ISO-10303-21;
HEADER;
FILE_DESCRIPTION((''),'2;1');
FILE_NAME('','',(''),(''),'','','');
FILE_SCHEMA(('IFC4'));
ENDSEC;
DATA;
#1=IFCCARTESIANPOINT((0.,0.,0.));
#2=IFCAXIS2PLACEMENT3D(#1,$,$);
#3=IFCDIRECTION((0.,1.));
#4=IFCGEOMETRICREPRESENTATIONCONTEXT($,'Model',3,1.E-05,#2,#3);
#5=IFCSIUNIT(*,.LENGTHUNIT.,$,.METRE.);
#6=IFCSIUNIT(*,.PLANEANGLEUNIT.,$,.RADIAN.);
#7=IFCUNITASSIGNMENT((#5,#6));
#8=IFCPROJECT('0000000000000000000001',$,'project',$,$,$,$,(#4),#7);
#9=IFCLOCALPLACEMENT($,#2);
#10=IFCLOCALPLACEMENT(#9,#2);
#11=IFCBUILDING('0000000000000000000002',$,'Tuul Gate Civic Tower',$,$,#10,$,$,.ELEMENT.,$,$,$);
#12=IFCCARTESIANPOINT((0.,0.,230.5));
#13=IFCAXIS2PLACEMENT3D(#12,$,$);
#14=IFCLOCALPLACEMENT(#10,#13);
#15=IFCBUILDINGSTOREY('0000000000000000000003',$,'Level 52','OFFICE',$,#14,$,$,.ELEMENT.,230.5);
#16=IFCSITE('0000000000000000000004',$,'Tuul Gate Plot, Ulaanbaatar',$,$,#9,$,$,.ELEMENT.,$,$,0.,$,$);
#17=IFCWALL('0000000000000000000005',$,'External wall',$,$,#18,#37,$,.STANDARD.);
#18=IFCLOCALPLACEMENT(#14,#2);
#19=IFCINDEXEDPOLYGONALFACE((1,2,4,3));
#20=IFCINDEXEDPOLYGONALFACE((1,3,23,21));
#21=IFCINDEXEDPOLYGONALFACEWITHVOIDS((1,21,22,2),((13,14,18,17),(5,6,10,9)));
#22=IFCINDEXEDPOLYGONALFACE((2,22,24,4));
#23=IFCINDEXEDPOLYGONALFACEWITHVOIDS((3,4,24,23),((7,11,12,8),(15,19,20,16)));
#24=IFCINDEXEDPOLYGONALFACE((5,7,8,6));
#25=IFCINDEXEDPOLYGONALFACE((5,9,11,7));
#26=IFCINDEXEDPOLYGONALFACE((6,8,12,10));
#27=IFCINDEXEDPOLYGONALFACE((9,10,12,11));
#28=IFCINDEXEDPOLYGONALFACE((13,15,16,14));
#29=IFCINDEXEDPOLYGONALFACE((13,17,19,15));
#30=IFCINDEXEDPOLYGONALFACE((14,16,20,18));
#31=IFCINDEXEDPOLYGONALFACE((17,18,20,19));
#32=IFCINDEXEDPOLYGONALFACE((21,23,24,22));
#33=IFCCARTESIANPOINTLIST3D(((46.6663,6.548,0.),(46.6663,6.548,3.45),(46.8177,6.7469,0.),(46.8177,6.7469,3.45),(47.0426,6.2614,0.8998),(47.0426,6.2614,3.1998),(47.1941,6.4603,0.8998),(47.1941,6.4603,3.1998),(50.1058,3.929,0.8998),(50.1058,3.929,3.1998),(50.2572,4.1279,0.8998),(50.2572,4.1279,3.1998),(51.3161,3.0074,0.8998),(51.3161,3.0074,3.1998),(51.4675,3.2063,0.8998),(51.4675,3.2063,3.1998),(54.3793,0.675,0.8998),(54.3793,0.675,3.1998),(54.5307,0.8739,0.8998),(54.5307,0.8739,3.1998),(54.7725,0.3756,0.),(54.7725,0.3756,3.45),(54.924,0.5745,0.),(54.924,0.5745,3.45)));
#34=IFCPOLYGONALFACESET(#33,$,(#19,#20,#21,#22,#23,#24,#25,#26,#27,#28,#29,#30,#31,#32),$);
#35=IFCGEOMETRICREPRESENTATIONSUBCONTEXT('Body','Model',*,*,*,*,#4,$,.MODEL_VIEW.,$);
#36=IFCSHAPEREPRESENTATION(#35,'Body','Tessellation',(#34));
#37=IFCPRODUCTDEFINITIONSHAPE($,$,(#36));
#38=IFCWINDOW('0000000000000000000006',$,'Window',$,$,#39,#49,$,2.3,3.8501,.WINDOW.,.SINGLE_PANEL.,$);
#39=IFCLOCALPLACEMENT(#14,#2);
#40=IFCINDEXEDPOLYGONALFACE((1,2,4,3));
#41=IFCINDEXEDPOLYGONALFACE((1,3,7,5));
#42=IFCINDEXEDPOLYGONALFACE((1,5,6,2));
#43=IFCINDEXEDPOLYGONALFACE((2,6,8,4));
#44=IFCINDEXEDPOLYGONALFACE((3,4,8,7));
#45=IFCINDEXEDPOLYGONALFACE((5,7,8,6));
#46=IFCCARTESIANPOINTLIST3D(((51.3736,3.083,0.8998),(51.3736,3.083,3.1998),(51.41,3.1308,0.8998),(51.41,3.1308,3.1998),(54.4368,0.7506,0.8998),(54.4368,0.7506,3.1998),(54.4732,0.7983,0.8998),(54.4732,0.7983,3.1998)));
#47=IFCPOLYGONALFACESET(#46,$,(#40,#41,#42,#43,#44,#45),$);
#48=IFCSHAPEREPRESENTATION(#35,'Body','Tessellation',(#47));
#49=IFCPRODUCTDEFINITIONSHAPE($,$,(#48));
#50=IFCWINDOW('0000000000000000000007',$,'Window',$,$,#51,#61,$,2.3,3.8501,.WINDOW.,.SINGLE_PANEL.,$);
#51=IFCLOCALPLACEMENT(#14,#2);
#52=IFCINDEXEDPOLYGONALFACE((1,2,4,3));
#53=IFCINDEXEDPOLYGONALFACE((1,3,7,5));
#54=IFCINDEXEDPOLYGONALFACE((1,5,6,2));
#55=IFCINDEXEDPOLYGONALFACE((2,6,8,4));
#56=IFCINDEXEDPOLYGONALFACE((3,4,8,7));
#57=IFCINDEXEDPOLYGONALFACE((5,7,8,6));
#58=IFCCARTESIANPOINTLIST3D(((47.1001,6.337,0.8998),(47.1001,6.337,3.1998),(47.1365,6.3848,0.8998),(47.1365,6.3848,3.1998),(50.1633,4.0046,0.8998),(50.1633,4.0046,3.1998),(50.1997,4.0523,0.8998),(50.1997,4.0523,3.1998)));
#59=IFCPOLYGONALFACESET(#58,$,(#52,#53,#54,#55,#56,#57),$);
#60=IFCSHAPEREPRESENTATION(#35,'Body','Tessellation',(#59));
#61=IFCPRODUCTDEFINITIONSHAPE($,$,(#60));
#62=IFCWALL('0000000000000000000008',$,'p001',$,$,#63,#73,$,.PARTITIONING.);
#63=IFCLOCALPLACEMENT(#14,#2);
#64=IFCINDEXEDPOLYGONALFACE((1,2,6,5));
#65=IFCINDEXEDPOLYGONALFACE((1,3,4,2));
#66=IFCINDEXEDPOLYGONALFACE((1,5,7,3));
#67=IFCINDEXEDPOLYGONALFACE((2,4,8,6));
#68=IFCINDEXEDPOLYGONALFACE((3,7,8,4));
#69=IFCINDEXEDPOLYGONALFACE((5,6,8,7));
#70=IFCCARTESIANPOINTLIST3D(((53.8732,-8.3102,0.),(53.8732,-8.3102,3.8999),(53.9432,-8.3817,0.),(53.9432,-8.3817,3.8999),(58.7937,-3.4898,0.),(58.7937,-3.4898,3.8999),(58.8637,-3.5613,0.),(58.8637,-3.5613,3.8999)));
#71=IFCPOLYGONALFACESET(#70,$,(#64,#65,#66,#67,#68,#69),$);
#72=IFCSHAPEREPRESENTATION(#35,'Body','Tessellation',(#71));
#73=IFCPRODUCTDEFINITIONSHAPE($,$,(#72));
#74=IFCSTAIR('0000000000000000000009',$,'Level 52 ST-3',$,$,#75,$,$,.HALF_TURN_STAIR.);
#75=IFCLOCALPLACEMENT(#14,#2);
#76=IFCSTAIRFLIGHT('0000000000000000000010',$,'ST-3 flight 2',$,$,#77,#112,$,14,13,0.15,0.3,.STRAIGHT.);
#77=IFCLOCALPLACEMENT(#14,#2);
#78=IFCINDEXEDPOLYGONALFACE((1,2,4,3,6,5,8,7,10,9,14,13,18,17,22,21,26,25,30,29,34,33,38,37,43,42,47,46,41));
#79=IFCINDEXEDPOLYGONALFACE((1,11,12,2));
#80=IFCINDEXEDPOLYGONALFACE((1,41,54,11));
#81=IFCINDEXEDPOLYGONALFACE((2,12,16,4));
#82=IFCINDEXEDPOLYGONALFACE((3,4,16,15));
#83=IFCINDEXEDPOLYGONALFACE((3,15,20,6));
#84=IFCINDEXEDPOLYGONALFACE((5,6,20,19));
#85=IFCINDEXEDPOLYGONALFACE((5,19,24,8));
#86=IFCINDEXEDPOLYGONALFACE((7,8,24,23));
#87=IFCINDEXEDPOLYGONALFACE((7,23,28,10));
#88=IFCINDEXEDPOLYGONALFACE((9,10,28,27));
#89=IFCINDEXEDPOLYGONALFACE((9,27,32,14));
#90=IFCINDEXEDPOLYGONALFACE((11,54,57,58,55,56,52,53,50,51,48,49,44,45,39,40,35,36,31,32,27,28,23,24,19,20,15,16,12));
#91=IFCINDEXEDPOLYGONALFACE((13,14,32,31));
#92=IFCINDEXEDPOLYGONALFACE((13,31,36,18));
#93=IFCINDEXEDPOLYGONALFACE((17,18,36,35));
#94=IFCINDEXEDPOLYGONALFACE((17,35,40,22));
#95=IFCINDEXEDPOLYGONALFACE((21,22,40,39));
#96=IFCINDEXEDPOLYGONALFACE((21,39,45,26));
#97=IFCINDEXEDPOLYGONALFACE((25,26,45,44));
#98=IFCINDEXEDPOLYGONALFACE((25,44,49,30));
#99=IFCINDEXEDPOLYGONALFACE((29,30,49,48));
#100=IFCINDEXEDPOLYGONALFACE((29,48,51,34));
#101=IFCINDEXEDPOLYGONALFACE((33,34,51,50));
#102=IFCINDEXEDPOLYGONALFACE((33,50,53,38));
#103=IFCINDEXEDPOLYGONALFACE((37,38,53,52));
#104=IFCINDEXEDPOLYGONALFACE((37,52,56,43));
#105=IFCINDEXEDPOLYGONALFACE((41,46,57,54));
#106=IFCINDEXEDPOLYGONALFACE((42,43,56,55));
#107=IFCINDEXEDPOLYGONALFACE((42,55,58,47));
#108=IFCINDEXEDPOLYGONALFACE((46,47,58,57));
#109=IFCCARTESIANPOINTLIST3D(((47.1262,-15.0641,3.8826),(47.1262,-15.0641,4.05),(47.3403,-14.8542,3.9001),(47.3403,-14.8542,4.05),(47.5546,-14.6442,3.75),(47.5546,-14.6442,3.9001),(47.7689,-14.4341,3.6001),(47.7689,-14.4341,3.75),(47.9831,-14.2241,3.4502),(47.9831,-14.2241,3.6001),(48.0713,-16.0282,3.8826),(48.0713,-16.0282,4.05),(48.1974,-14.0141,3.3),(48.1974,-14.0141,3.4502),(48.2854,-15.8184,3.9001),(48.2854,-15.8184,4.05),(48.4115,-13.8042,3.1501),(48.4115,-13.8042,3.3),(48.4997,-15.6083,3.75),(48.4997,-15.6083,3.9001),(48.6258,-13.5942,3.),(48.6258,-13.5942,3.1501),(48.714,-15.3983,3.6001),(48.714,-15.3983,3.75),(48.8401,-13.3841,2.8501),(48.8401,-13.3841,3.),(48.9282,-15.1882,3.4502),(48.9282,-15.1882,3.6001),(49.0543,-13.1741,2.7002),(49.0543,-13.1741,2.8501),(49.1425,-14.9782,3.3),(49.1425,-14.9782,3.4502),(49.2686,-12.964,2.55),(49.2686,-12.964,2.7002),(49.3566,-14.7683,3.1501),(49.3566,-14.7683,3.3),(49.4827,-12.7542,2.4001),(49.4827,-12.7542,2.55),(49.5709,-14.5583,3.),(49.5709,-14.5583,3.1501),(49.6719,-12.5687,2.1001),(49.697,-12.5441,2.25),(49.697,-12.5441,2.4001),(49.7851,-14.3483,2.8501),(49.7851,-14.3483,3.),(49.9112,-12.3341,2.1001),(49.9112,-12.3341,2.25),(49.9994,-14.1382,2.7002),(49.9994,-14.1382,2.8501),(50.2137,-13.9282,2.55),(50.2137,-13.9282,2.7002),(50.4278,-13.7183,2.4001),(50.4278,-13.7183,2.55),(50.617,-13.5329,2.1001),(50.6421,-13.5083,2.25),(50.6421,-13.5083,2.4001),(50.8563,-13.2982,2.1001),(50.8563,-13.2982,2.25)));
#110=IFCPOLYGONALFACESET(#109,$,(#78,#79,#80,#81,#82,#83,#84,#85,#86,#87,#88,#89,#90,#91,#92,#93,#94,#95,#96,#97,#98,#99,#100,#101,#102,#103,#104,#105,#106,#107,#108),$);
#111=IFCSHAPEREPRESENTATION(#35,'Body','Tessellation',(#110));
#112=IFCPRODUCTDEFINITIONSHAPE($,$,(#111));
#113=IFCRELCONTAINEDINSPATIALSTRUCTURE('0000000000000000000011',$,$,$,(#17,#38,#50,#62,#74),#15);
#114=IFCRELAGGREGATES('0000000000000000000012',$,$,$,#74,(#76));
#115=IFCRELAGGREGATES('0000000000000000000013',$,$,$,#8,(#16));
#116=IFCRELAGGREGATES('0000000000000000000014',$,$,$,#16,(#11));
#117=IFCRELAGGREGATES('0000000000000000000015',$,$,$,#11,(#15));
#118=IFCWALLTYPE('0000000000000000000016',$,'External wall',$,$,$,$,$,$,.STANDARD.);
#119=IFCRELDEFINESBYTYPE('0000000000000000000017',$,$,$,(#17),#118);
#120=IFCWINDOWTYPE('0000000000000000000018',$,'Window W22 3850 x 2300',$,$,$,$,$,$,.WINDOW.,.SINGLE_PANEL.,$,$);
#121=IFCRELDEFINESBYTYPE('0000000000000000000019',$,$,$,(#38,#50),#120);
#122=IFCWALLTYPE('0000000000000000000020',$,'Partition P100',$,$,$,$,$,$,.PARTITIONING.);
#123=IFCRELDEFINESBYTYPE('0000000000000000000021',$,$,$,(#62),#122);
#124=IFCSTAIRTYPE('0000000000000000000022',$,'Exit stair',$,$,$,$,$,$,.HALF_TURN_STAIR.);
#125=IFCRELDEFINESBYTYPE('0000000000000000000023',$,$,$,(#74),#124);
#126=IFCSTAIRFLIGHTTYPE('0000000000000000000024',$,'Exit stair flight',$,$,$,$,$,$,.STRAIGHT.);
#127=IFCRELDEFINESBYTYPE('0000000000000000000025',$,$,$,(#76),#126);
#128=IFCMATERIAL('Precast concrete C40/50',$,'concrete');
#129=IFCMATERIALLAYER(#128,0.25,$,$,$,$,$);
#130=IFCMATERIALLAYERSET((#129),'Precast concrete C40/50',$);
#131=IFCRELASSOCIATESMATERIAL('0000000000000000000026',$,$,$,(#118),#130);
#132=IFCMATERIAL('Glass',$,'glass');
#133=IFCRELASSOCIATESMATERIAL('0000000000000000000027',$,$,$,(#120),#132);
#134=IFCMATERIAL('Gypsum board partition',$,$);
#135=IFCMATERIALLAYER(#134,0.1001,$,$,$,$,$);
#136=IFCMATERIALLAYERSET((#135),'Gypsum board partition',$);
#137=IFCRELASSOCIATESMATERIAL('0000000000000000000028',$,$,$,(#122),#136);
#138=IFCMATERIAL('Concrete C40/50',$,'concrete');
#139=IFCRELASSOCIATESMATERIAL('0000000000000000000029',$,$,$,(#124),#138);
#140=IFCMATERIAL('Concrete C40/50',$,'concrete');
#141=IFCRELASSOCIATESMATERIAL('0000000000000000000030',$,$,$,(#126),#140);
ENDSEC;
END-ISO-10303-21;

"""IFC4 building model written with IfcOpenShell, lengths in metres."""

from ifc_helpers import new_model, si_unit, direction, frame, frame_2d, origin, place, context, subcontext, project, spatial, polyline, rectangle, outline, extrude, material, layer, layer_set, type_object, element, fill, aggregate, save


model = new_model("IFC4")

# Units and contexts
model_context = context("Model", 3, precision=1e-05, world=origin(), true_north=direction((0.0, 1.0)))
body_context = subcontext(model_context, "Body", "Model", "MODEL_VIEW")
ifc_project = project(units=[si_unit("LENGTHUNIT", "METRE"), si_unit("PLANEANGLEUNIT", "RADIAN")], contexts=[model_context])

# Site, building, storey
site_placement = place(None, origin())
site = spatial("IfcSite", under=ifc_project, at=site_placement, Name="Tuul Gate Plot, Ulaanbaatar", CompositionType="ELEMENT", RefElevation=0.0)
building_placement = place(site_placement, origin())
building = spatial("IfcBuilding", under=site, at=building_placement, Name="Tuul Gate Civic Tower", CompositionType="ELEMENT")
storey_placement = place(building_placement, frame((0.0, 0.0, 230.5)))
storey = spatial("IfcBuildingStorey", under=building, at=storey_placement, Name="Level 52", Description="OFFICE", CompositionType="ELEMENT", Elevation=230.5)

# Wall, openings, windows
ifc_material_1 = material(Name="Precast concrete C40/50", Category="concrete")
ifc_layer_1 = layer(ifc_material_1, 0.25)
ifc_layer_set_1 = layer_set([ifc_layer_1], Name="Precast concrete C40/50")
wall_type_1 = type_object("IfcWallType", Name="External wall", PredefinedType="STANDARD", material=ifc_layer_set_1)
ifc_material_2 = material(Name="Glass", Category="glass")
window_type_1 = type_object("IfcWindowType", Name="Window W22 3850 x 2300", PartitioningType="SINGLE_PANEL", PredefinedType="WINDOW", material=ifc_material_2)
wall_1_placement = place(storey_placement, frame((54.8481, 0.4751, 0.0), z_axis=(0.0, 0.0, 1.0), x_axis=(-0.795611, 0.605808, 0.0)))
wall_1 = element("IfcWall", 1, at=wall_1_placement, inside=storey, type_object=wall_type_1, Name="External wall", PredefinedType="STANDARD", context=body_context, shape_type="SweptSolid", body=[
    extrude(rectangle(XDim=10.1887, YDim=0.25, at=frame_2d((5.0942, 0.0))), origin(), (0.0, 0.0, 1.0), 3.45),
])
opening_1_placement = place(wall_1_placement, frame((0.4941, 0.0, 0.8999)))
opening_1 = element("IfcOpeningElement", 2, at=opening_1_placement, cuts=wall_1, PredefinedType="OPENING", context=body_context, shape_type="SweptSolid", body=[
    extrude(rectangle(XDim=3.8501, YDim=2.3, at=frame_2d((1.925, 1.1499))), frame((0.0, 0.135, 0.0), z_axis=(0.0, -1.0, 0.0), x_axis=(1.0, 0.0, 0.0)), (0.0, 0.0, 1.0), 0.27),
])
opening_2_placement = place(wall_1_placement, frame((5.8655, 0.0, 0.8999)))
opening_2 = element("IfcOpeningElement", 3, at=opening_2_placement, cuts=wall_1, PredefinedType="OPENING", context=body_context, shape_type="SweptSolid", body=[
    extrude(rectangle(XDim=3.8501, YDim=2.3, at=frame_2d((1.925, 1.1499))), frame((0.0, 0.135, 0.0), z_axis=(0.0, -1.0, 0.0), x_axis=(1.0, 0.0, 0.0)), (0.0, 0.0, 1.0), 0.27),
])
window_1_placement = place(opening_1_placement, origin())
window_1 = element("IfcWindow", 4, at=window_1_placement, inside=storey, type_object=window_type_1, Name="Window", OverallHeight=2.3, OverallWidth=3.8501, PartitioningType="SINGLE_PANEL", PredefinedType="WINDOW", context=body_context, shape_type="SweptSolid", body=[
    extrude(rectangle(XDim=3.8501, YDim=2.3, at=frame_2d((1.925, 1.1499))), frame((0.0, 0.03, 0.0), z_axis=(0.0, -1.0, 0.0), x_axis=(1.0, 0.0, 0.0)), (0.0, 0.0, 1.0), 0.0601),
])
fill(opening_1, window_1)
window_2_placement = place(opening_2_placement, origin())
window_2 = element("IfcWindow", 5, at=window_2_placement, inside=storey, type_object=window_type_1, Name="Window", OverallHeight=2.3, OverallWidth=3.8501, PartitioningType="SINGLE_PANEL", PredefinedType="WINDOW", context=body_context, shape_type="SweptSolid", body=[
    extrude(rectangle(XDim=3.8501, YDim=2.3, at=frame_2d((1.925, 1.1499))), frame((0.0, 0.03, 0.0), z_axis=(0.0, -1.0, 0.0), x_axis=(1.0, 0.0, 0.0)), (0.0, 0.0, 1.0), 0.0601),
])
fill(opening_2, window_2)

# Wall
ifc_material_3 = material(Name="Gypsum board partition")
ifc_layer_2 = layer(ifc_material_3, 0.1001)
ifc_layer_set_2 = layer_set([ifc_layer_2], Name="Gypsum board partition")
wall_type_2 = type_object("IfcWallType", Name="Partition P100", PredefinedType="PARTITIONING", material=ifc_layer_set_2)
wall_2_placement = place(storey_placement, frame((53.9082, -8.3459, 0.0), z_axis=(0.0, 0.0, 1.0), x_axis=(0.714335, 0.699803, 0.0)))
element("IfcWall", 6, at=wall_2_placement, inside=storey, type_object=wall_type_2, Name="p001", PredefinedType="PARTITIONING", context=body_context, shape_type="SweptSolid", body=[
    extrude(rectangle(XDim=6.8882, YDim=0.1001, at=frame_2d((3.4441, 0.0))), origin(), (0.0, 0.0, 1.0), 3.8999),
])

# Stair, stair flight
ifc_material_4 = material(Name="Concrete C40/50", Category="concrete")
stair_type = type_object("IfcStairType", Name="Exit stair", PredefinedType="HALF_TURN_STAIR", material=ifc_material_4)
stair_placement = place(storey_placement, origin())
stair = element("IfcStair", 7, at=stair_placement, inside=storey, type_object=stair_type, Name="Level 52 ST-3", PredefinedType="HALF_TURN_STAIR")
ifc_material_5 = material(Name="Concrete C40/50", Category="concrete")
stair_flight_type = type_object("IfcStairFlightType", Name="Exit stair flight", PredefinedType="STRAIGHT", material=ifc_material_5)
stair_flight_placement = place(storey_placement, frame((50.3838, -12.8162, 2.1001), z_axis=(0.0, 0.0, 1.0), x_axis=(-0.714127, -0.700016, 0.0)))
stair_flight = element("IfcStairFlight", 8, at=stair_flight_placement, type_object=stair_flight_type, Name="ST-3 flight 2", NumberOfRisers=14, NumberOfTreads=13, PredefinedType="STRAIGHT", RiserHeight=0.15, TreadLength=0.3, context=body_context, shape_type="SweptSolid", body=[
    extrude(outline(polyline([(0.0, 0.0), (0.0, 0.1499), (0.3, 0.1499), (0.3, 0.3), (0.6001, 0.3), (0.6001, 0.45), (0.8999, 0.45), (0.8999, 0.6001), (1.2, 0.6001), (1.2, 0.75), (1.5, 0.75), (1.5, 0.8999), (1.8, 0.8999), (1.8, 1.05), (2.1001, 1.05), (2.1001, 1.2), (2.3999, 1.2), (2.3999, 1.3501), (2.7, 1.3501), (2.7, 1.5), (3.0, 1.5), (3.0, 1.6499), (3.3, 1.6499), (3.3, 1.8), (3.6001, 1.8), (3.6001, 1.95), (3.8999, 1.95), (3.8999, 2.1001), (3.8999, 1.7825), (0.3352, 0.0), (0.0, 0.0)])), frame((0.0, 0.675, 0.0), z_axis=(0.0, -1.0, 0.0), x_axis=(1.0, 0.0, 0.0)), (0.0, 0.0, 1.0), 1.3501),
])
aggregate(stair, [stair_flight])

save(model, "model.ifc")
